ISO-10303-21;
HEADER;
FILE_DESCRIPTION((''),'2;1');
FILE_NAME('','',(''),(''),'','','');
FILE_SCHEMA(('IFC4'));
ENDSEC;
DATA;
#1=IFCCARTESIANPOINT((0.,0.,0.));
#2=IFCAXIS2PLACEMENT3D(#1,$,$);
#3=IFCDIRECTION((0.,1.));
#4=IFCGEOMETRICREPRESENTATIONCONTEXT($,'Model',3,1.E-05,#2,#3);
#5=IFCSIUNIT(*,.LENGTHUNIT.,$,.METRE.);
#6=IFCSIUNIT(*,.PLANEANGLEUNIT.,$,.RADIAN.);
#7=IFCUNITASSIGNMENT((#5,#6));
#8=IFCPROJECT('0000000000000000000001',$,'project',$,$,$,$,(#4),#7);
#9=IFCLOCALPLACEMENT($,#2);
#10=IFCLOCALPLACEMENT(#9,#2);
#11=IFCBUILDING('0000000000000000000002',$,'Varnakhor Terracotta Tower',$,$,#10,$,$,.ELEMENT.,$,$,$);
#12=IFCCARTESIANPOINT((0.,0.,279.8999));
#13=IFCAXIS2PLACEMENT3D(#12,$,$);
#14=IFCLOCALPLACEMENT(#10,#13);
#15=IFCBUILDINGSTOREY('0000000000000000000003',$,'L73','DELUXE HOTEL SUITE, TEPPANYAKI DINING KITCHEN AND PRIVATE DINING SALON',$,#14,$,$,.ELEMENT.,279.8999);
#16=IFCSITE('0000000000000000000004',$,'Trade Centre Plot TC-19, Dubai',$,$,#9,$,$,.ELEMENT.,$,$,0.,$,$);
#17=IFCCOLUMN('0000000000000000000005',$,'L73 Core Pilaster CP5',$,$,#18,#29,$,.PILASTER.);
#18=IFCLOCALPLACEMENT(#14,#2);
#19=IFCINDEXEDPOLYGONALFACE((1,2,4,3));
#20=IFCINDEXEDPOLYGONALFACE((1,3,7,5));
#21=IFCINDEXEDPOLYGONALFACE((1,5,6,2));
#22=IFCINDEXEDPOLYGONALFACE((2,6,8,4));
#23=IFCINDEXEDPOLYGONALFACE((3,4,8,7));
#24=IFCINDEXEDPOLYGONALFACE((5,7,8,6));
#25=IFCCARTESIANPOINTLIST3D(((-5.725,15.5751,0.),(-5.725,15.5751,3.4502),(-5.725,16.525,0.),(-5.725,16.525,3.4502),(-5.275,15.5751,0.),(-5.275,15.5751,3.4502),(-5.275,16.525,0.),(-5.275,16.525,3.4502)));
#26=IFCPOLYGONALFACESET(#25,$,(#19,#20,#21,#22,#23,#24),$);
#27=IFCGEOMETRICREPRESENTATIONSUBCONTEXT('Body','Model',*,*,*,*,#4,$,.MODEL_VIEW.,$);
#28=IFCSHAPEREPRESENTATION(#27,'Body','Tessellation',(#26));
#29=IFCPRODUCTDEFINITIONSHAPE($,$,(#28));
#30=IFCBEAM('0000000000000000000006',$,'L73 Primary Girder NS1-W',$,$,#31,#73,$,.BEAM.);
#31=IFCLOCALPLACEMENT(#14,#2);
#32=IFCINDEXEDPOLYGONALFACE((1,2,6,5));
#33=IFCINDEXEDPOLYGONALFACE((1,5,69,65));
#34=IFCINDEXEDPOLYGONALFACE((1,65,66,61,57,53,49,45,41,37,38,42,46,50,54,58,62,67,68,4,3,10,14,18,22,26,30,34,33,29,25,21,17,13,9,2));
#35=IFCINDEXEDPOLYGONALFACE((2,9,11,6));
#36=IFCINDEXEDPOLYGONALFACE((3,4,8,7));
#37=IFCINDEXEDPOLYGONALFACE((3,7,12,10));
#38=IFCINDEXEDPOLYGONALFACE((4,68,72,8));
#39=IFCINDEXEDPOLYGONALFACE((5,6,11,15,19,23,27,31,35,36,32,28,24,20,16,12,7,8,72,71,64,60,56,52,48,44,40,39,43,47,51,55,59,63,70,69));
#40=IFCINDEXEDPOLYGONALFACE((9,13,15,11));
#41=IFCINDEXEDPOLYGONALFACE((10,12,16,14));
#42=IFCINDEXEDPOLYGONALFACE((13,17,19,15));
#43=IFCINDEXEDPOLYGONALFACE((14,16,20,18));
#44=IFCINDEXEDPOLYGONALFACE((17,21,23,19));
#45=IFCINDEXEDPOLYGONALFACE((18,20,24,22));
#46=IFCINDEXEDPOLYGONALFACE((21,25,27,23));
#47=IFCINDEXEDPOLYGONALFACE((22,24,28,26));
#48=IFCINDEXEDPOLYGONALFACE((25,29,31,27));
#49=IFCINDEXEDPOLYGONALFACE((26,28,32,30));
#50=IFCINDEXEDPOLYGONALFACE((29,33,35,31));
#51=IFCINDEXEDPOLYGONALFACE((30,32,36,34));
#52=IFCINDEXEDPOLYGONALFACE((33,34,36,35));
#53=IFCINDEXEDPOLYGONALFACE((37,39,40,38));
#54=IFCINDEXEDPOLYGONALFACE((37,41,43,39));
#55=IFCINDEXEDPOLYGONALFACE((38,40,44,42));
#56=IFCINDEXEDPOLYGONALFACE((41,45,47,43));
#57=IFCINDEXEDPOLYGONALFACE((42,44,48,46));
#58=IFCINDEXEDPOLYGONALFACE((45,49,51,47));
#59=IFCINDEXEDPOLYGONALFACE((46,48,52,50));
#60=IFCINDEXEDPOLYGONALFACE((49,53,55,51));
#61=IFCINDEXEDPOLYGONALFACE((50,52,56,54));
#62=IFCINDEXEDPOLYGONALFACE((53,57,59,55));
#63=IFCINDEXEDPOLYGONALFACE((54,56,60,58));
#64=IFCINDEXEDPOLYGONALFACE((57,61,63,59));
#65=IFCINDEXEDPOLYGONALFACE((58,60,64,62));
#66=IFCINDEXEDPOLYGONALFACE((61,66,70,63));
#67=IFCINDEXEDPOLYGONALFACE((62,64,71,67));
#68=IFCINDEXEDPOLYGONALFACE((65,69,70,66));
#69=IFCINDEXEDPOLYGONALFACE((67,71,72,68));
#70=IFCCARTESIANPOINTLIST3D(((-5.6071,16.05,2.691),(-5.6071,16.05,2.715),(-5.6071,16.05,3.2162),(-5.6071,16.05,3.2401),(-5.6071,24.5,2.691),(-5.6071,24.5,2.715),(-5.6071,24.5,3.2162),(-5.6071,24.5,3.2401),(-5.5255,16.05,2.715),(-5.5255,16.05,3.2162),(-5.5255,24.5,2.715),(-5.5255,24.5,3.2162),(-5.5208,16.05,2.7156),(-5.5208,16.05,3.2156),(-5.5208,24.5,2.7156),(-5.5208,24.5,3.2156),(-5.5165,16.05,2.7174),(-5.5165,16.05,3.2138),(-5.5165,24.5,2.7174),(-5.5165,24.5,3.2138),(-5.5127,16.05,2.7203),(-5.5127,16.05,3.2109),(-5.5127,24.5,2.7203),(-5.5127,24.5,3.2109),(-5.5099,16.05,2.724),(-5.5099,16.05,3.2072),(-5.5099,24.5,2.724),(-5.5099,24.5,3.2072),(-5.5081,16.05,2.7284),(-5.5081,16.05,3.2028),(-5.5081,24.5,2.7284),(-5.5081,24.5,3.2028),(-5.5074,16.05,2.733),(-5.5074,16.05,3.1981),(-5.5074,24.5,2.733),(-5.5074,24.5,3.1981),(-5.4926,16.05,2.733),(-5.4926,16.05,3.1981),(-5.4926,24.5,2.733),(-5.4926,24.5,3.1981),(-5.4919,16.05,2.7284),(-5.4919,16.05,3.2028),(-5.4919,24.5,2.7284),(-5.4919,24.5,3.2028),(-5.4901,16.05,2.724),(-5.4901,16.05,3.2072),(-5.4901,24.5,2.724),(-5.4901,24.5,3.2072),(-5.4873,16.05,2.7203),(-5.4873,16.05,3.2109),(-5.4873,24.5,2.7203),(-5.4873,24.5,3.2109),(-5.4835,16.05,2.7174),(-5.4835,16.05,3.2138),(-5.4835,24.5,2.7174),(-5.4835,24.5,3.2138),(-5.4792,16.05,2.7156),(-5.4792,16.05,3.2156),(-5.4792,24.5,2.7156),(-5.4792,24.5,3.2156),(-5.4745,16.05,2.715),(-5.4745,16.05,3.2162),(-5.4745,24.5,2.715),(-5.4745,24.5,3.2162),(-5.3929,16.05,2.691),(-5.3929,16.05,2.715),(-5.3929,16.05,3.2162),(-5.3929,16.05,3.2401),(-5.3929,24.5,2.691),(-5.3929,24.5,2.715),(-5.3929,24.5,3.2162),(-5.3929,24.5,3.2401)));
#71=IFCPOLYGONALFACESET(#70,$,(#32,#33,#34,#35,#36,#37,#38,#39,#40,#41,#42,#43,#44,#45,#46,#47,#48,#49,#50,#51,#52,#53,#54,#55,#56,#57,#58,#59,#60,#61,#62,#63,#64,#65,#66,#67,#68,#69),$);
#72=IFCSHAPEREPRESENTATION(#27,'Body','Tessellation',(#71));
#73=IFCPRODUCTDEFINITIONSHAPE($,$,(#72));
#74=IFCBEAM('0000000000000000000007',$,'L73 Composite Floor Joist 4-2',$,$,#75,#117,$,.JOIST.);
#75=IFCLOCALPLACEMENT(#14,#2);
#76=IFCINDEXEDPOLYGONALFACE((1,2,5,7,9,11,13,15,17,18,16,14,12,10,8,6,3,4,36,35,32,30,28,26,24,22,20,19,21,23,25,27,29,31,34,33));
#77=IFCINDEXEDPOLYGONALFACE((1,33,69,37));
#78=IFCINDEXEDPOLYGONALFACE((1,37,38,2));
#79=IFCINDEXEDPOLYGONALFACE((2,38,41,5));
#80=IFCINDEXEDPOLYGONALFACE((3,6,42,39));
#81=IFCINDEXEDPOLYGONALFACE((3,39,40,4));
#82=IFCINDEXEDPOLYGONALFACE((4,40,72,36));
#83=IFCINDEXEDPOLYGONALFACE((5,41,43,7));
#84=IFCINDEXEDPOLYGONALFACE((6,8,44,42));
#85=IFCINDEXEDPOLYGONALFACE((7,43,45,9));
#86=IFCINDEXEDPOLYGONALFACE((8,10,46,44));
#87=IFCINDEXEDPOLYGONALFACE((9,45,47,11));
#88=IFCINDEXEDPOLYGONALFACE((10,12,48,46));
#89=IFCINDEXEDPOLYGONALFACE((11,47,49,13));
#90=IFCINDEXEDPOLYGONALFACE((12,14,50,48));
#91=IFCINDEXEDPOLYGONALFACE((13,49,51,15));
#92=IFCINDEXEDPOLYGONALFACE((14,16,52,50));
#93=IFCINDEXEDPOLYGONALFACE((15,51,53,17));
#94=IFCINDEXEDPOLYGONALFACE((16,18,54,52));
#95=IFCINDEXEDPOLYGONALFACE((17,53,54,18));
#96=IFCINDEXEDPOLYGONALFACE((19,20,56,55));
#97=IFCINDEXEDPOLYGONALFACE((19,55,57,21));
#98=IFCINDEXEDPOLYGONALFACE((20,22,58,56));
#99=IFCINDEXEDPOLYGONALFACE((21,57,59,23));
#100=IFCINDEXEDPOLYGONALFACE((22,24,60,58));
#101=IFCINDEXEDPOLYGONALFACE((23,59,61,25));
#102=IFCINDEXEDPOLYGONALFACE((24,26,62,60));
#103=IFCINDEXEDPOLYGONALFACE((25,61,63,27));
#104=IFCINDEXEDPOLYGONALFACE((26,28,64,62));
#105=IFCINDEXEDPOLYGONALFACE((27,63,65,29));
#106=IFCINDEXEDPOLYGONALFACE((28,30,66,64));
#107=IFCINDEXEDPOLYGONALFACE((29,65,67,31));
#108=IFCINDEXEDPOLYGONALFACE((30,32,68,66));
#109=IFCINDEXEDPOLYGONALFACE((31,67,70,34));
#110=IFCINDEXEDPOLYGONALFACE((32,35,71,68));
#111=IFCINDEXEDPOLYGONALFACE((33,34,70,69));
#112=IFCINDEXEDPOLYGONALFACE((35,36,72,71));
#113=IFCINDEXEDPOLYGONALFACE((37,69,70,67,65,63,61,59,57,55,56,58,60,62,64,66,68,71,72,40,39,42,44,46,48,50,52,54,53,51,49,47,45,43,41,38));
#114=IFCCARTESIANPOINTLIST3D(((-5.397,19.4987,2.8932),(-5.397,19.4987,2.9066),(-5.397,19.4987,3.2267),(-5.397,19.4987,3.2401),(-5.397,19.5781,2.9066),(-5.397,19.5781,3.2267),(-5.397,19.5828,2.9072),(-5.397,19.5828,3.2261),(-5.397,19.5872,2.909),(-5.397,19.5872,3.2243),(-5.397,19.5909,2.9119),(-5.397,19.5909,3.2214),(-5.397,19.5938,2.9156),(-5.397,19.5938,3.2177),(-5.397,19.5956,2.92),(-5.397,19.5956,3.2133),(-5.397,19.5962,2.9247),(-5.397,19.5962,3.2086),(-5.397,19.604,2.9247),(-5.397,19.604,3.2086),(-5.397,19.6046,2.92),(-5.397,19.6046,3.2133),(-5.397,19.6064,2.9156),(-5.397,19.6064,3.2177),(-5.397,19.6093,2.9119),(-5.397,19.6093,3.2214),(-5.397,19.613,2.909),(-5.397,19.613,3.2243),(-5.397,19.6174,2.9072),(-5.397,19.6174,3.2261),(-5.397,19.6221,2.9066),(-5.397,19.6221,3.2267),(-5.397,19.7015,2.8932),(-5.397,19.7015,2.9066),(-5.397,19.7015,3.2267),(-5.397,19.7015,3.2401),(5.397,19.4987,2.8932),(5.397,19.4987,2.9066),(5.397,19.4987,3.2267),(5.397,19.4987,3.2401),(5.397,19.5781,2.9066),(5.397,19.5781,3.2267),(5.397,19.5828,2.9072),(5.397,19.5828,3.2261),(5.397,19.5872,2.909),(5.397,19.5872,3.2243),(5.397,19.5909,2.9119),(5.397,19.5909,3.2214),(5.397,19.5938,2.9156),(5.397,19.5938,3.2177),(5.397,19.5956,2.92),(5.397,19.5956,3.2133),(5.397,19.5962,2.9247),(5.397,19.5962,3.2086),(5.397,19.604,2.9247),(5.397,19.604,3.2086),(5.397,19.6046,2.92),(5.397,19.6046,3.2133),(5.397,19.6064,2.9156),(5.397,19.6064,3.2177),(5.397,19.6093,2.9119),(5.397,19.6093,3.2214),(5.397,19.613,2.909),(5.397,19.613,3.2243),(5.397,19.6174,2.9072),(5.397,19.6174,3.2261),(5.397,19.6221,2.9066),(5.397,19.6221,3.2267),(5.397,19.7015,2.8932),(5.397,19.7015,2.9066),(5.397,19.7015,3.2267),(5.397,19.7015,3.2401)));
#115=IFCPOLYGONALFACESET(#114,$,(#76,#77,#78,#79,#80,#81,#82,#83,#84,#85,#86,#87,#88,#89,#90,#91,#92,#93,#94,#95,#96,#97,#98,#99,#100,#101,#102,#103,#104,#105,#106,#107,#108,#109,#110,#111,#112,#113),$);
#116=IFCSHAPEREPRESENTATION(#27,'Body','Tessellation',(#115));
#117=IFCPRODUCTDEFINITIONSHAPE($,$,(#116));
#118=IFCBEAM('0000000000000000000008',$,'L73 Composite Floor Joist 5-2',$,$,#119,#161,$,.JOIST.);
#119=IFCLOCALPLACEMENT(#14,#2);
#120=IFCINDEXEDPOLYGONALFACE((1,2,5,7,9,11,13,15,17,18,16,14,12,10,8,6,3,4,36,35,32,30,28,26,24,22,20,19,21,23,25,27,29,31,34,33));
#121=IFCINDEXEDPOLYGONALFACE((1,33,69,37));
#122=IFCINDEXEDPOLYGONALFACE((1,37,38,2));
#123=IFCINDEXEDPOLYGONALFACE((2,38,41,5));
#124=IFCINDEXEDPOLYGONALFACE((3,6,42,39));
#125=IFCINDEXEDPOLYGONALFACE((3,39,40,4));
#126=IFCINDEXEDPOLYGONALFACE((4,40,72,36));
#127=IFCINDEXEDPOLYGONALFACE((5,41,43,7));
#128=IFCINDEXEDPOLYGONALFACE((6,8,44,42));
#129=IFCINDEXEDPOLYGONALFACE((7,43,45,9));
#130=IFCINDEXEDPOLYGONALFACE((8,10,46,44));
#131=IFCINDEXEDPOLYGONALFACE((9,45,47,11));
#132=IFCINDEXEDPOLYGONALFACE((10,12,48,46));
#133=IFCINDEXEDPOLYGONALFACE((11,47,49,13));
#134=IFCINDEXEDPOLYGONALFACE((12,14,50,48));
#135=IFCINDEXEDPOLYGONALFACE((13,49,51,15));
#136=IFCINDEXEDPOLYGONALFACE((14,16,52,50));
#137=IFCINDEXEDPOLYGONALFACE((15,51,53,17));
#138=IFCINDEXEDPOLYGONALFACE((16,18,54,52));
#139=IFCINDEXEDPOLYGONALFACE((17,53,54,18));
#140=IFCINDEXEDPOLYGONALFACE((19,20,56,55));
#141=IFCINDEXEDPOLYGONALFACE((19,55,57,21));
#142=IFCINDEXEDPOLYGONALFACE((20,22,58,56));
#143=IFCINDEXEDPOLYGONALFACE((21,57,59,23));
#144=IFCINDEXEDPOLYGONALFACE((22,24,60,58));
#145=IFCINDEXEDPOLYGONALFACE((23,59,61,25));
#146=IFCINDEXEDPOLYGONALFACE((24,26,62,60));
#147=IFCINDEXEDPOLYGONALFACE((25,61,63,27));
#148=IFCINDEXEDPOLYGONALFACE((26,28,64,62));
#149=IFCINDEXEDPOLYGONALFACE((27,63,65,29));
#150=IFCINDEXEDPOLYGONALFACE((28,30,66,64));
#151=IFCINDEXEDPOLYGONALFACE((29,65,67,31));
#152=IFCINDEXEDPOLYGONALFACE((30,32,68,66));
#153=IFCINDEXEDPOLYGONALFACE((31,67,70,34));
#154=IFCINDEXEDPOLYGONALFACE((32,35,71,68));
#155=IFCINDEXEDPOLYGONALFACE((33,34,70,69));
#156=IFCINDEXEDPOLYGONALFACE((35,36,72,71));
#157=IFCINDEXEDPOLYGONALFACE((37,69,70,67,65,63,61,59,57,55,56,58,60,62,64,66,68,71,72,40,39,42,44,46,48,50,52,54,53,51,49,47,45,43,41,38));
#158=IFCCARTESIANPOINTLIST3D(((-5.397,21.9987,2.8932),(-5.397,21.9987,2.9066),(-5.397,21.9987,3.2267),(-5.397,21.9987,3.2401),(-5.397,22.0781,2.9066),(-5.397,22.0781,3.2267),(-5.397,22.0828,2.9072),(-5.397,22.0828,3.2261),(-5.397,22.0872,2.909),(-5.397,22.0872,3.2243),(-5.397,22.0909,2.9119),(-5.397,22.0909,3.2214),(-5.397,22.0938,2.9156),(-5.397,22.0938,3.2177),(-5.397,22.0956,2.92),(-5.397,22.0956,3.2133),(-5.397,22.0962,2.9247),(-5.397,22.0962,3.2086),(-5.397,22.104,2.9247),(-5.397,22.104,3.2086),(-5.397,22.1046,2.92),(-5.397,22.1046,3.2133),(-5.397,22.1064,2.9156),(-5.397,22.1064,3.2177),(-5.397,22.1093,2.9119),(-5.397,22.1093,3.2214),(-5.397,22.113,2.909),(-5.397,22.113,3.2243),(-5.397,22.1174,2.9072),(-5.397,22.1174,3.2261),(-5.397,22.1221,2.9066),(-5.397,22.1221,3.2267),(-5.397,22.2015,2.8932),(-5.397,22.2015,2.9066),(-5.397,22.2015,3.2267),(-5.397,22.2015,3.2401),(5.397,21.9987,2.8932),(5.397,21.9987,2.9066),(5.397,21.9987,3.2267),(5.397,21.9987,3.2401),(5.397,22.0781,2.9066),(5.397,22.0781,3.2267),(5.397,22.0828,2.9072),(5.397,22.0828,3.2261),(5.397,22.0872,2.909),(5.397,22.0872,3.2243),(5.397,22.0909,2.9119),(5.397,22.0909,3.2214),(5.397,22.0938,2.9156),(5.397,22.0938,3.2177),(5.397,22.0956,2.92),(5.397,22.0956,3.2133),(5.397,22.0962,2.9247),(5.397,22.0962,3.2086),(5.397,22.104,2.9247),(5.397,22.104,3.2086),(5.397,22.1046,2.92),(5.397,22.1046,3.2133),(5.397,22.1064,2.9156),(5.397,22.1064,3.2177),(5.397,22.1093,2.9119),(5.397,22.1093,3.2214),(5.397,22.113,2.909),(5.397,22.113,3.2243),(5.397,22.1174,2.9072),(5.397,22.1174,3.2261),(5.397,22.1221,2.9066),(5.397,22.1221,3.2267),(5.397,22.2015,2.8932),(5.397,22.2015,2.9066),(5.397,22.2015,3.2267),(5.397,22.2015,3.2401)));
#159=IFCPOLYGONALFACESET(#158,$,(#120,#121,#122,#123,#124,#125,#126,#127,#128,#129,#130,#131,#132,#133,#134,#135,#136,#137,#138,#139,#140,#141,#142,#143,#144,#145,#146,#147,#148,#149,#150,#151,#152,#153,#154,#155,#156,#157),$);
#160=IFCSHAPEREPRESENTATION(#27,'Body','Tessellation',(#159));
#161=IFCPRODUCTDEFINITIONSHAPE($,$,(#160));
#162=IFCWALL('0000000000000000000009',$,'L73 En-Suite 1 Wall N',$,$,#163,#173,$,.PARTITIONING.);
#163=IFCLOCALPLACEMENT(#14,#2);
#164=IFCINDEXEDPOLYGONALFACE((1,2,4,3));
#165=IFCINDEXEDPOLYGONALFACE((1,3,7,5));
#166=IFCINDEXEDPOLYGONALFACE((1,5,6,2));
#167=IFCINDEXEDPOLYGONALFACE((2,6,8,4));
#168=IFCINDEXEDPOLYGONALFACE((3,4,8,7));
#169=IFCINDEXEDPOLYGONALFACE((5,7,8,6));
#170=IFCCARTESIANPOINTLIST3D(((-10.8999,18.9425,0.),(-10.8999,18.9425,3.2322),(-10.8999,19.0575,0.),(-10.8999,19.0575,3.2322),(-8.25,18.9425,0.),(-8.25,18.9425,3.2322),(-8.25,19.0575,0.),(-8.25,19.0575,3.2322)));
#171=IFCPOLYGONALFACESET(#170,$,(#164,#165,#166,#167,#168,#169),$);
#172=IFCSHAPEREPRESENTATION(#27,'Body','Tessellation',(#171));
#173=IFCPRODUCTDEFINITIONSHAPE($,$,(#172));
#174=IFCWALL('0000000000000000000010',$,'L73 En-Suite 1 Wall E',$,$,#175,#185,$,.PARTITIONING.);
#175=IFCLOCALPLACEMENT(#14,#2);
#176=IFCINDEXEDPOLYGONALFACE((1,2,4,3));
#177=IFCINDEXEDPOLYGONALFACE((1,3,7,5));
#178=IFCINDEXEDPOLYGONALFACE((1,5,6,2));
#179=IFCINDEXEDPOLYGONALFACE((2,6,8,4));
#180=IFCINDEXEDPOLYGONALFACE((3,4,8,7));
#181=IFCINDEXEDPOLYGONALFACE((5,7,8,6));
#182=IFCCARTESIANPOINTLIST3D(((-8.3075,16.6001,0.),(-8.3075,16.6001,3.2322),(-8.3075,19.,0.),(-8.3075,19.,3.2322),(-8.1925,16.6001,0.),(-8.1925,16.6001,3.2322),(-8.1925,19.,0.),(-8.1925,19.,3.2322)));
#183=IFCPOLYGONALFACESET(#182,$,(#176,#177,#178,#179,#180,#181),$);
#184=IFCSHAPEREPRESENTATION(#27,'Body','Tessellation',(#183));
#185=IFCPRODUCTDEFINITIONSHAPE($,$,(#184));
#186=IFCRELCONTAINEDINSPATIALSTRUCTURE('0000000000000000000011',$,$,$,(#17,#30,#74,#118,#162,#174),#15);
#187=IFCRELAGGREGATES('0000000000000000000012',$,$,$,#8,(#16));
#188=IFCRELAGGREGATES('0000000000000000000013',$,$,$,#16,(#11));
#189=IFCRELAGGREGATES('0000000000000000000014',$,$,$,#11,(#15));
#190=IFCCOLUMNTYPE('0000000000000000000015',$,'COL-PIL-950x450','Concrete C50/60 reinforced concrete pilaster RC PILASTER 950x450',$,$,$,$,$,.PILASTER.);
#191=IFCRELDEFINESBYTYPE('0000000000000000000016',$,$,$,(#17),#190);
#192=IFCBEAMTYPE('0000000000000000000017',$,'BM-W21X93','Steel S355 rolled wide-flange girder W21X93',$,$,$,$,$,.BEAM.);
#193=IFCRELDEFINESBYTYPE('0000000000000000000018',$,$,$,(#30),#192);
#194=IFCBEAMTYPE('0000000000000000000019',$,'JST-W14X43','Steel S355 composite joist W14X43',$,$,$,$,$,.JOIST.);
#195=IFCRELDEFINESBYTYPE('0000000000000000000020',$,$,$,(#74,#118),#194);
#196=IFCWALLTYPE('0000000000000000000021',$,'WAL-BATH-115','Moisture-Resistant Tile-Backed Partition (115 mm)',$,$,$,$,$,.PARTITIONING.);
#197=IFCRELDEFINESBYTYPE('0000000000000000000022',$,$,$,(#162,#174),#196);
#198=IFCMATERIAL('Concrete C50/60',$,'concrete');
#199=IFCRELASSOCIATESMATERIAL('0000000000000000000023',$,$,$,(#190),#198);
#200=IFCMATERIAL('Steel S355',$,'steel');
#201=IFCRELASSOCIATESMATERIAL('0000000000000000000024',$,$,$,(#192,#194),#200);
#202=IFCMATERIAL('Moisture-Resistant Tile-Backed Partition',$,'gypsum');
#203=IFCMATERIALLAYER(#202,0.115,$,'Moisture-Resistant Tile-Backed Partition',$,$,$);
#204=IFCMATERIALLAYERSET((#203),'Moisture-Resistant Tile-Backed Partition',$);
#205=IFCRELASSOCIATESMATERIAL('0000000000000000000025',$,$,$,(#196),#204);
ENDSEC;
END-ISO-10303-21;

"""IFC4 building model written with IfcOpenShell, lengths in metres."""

from ifc_helpers import new_model, si_unit, direction, frame, frame_2d, origin, origin_2d, place, context, subcontext, project, spatial, rectangle, i_section, extrude, source, transform, mapped, material, layer, layer_set, material_profile, profile_set, type_object, type_shapes, element, save


model = new_model("IFC4")

# Units and contexts
model_context = context("Model", 3, precision=1e-05, world=origin(), true_north=direction((0.0, 1.0)))
body_context = subcontext(model_context, "Body", "Model", "MODEL_VIEW")
ifc_project = project(units=[si_unit("LENGTHUNIT", "METRE"), si_unit("PLANEANGLEUNIT", "RADIAN")], contexts=[model_context])

# Site, building, storey
site_placement = place(None, origin())
site = spatial("IfcSite", under=ifc_project, at=site_placement, Name="Trade Centre Plot TC-19, Dubai", CompositionType="ELEMENT", RefElevation=0.0)
building_placement = place(site_placement, origin())
building = spatial("IfcBuilding", under=site, at=building_placement, Name="Varnakhor Terracotta Tower", CompositionType="ELEMENT")
storey_placement = place(building_placement, frame((0.0, 0.0, 279.8999)))
storey = spatial("IfcBuildingStorey", under=building, at=storey_placement, Name="L73", Description="DELUXE HOTEL SUITE, TEPPANYAKI DINING KITCHEN AND PRIVATE DINING SALON", CompositionType="ELEMENT", Elevation=279.8999)

# Column
ifc_material_1 = material(Name="Concrete C50/60", Category="concrete")
ifc_material_profile_1 = material_profile(ifc_material_1, rectangle(XDim=0.45, YDim=0.95, at=origin_2d()), Name="RC PILASTER 950x450")
ifc_profile_set_1 = profile_set([ifc_material_profile_1], Name="Concrete C50/60")
column_type = type_object("IfcColumnType", Name="COL-PIL-950x450", Description="Concrete C50/60 reinforced concrete pilaster RC PILASTER 950x450", PredefinedType="PILASTER", material=ifc_profile_set_1)
shared_shape_1 = source(origin(), body_context, "Body", "SweptSolid", [
    extrude(rectangle(XDim=0.45, YDim=0.95, at=origin_2d()), origin(), (0.0, 0.0, 1.0), 3.4502),
])
column_placement = place(storey_placement, frame((-5.5, 16.05, 0.0), z_axis=(0.0, 0.0, 1.0), x_axis=(1.0, 0.0, 0.0)))
element("IfcColumn", 1, at=column_placement, inside=storey, type_object=column_type, Name="L73 Core Pilaster CP5", PredefinedType="PILASTER", context=body_context, shape_type="MappedRepresentation", body=[
    mapped(shared_shape_1, transform((0.0, 0.0, 0.0), scale=1.0)),
])

# Beams
ifc_material_2 = material(Name="Steel S355", Category="steel")
ifc_material_profile_2 = material_profile(ifc_material_2, i_section(OverallWidth=0.2141, OverallDepth=0.5491, WebThickness=0.0149, FlangeThickness=0.0239, FilletRadius=0.0181, at=origin_2d()), Name="W21X93")
ifc_profile_set_2 = profile_set([ifc_material_profile_2], Name="Steel S355")
beam_type_1 = type_object("IfcBeamType", Name="BM-W21X93", Description="Steel S355 rolled wide-flange girder W21X93", PredefinedType="BEAM", material=ifc_profile_set_2)
shared_shape_2 = source(origin(), body_context, "Body", "SweptSolid", [
    extrude(i_section(OverallWidth=0.2141, OverallDepth=0.5491, WebThickness=0.0149, FlangeThickness=0.0239, FilletRadius=0.0181, at=origin_2d()), origin(), (0.0, 0.0, 1.0), 8.45),
])
type_shapes(beam_type_1, [shared_shape_2])
beam_placement = place(storey_placement, frame((-5.5, 16.05, 2.9656), z_axis=(0.0, 1.0, 0.0), x_axis=(-1.0, 0.0, 0.0)))
element("IfcBeam", 2, at=beam_placement, inside=storey, type_object=beam_type_1, Name="L73 Primary Girder NS1-W", PredefinedType="BEAM", context=body_context, shape_type="MappedRepresentation", body=[
    mapped(shared_shape_2, transform((0.0, 0.0, 0.0), scale=1.0)),
])
ifc_material_profile_3 = material_profile(ifc_material_2, i_section(OverallWidth=0.2029, OverallDepth=0.3469, WebThickness=0.0078, FlangeThickness=0.0134, FilletRadius=0.0181, at=origin_2d()), Name="W14X43")
ifc_profile_set_3 = profile_set([ifc_material_profile_3], Name="Steel S355")
beam_type_2 = type_object("IfcBeamType", Name="JST-W14X43", Description="Steel S355 composite joist W14X43", PredefinedType="JOIST", material=ifc_profile_set_3)
shared_shape_3 = source(origin(), body_context, "Body", "SweptSolid", [
    extrude(i_section(OverallWidth=0.2029, OverallDepth=0.3469, WebThickness=0.0078, FlangeThickness=0.0134, FilletRadius=0.0181, at=origin_2d()), origin(), (0.0, 0.0, 1.0), 10.7939),
])
for number, where, z_axis, x_axis, name in (
    (3, (-5.397, 19.6001, 3.0667), (1.0, 0.0, 0.0), (0.0, 1.0, 0.0), "L73 Composite Floor Joist 4-2"),
    (4, (-5.397, 22.1001, 3.0667), (1.0, 0.0, 0.0), (0.0, 1.0, 0.0), "L73 Composite Floor Joist 5-2"),
):
    element("IfcBeam", number, at=place(storey_placement, frame(where, z_axis=z_axis, x_axis=x_axis)), inside=storey, type_object=beam_type_2, Name=name, PredefinedType="JOIST", context=body_context, shape_type="MappedRepresentation", body=[
        mapped(shared_shape_3, transform((0.0, 0.0, 0.0), scale=1.0)),
    ])

# Walls
ifc_material_3 = material(Name="Moisture-Resistant Tile-Backed Partition", Category="gypsum")
ifc_layer_1 = layer(ifc_material_3, 0.115, Name="Moisture-Resistant Tile-Backed Partition")
ifc_layer_set_1 = layer_set([ifc_layer_1], Name="Moisture-Resistant Tile-Backed Partition")
wall_type_1 = type_object("IfcWallType", Name="WAL-BATH-115", Description="Moisture-Resistant Tile-Backed Partition (115 mm)", PredefinedType="PARTITIONING", material=ifc_layer_set_1)
wall_1_placement = place(storey_placement, frame((-10.8999, 19.0, 0.0), z_axis=(0.0, 0.0, 1.0), x_axis=(1.0, 0.0, 0.0)))
element("IfcWall", 5, at=wall_1_placement, inside=storey, type_object=wall_type_1, Name="L73 En-Suite 1 Wall N", PredefinedType="PARTITIONING", context=body_context, shape_type="SweptSolid", body=[
    extrude(rectangle(XDim=2.6499, YDim=0.115, at=frame_2d((1.325, 0.0))), origin(), (0.0, 0.0, 1.0), 3.2322),
])
wall_2_placement = place(storey_placement, frame((-8.25, 16.6001, 0.0), z_axis=(0.0, 0.0, 1.0), x_axis=(0.0, 1.0, 0.0)))
element("IfcWall", 6, at=wall_2_placement, inside=storey, type_object=wall_type_1, Name="L73 En-Suite 1 Wall E", PredefinedType="PARTITIONING", context=body_context, shape_type="SweptSolid", body=[
    extrude(rectangle(XDim=2.3999, YDim=0.115, at=frame_2d((1.2, 0.0))), origin(), (0.0, 0.0, 1.0), 3.2322),
])

save(model, "model.ifc")
